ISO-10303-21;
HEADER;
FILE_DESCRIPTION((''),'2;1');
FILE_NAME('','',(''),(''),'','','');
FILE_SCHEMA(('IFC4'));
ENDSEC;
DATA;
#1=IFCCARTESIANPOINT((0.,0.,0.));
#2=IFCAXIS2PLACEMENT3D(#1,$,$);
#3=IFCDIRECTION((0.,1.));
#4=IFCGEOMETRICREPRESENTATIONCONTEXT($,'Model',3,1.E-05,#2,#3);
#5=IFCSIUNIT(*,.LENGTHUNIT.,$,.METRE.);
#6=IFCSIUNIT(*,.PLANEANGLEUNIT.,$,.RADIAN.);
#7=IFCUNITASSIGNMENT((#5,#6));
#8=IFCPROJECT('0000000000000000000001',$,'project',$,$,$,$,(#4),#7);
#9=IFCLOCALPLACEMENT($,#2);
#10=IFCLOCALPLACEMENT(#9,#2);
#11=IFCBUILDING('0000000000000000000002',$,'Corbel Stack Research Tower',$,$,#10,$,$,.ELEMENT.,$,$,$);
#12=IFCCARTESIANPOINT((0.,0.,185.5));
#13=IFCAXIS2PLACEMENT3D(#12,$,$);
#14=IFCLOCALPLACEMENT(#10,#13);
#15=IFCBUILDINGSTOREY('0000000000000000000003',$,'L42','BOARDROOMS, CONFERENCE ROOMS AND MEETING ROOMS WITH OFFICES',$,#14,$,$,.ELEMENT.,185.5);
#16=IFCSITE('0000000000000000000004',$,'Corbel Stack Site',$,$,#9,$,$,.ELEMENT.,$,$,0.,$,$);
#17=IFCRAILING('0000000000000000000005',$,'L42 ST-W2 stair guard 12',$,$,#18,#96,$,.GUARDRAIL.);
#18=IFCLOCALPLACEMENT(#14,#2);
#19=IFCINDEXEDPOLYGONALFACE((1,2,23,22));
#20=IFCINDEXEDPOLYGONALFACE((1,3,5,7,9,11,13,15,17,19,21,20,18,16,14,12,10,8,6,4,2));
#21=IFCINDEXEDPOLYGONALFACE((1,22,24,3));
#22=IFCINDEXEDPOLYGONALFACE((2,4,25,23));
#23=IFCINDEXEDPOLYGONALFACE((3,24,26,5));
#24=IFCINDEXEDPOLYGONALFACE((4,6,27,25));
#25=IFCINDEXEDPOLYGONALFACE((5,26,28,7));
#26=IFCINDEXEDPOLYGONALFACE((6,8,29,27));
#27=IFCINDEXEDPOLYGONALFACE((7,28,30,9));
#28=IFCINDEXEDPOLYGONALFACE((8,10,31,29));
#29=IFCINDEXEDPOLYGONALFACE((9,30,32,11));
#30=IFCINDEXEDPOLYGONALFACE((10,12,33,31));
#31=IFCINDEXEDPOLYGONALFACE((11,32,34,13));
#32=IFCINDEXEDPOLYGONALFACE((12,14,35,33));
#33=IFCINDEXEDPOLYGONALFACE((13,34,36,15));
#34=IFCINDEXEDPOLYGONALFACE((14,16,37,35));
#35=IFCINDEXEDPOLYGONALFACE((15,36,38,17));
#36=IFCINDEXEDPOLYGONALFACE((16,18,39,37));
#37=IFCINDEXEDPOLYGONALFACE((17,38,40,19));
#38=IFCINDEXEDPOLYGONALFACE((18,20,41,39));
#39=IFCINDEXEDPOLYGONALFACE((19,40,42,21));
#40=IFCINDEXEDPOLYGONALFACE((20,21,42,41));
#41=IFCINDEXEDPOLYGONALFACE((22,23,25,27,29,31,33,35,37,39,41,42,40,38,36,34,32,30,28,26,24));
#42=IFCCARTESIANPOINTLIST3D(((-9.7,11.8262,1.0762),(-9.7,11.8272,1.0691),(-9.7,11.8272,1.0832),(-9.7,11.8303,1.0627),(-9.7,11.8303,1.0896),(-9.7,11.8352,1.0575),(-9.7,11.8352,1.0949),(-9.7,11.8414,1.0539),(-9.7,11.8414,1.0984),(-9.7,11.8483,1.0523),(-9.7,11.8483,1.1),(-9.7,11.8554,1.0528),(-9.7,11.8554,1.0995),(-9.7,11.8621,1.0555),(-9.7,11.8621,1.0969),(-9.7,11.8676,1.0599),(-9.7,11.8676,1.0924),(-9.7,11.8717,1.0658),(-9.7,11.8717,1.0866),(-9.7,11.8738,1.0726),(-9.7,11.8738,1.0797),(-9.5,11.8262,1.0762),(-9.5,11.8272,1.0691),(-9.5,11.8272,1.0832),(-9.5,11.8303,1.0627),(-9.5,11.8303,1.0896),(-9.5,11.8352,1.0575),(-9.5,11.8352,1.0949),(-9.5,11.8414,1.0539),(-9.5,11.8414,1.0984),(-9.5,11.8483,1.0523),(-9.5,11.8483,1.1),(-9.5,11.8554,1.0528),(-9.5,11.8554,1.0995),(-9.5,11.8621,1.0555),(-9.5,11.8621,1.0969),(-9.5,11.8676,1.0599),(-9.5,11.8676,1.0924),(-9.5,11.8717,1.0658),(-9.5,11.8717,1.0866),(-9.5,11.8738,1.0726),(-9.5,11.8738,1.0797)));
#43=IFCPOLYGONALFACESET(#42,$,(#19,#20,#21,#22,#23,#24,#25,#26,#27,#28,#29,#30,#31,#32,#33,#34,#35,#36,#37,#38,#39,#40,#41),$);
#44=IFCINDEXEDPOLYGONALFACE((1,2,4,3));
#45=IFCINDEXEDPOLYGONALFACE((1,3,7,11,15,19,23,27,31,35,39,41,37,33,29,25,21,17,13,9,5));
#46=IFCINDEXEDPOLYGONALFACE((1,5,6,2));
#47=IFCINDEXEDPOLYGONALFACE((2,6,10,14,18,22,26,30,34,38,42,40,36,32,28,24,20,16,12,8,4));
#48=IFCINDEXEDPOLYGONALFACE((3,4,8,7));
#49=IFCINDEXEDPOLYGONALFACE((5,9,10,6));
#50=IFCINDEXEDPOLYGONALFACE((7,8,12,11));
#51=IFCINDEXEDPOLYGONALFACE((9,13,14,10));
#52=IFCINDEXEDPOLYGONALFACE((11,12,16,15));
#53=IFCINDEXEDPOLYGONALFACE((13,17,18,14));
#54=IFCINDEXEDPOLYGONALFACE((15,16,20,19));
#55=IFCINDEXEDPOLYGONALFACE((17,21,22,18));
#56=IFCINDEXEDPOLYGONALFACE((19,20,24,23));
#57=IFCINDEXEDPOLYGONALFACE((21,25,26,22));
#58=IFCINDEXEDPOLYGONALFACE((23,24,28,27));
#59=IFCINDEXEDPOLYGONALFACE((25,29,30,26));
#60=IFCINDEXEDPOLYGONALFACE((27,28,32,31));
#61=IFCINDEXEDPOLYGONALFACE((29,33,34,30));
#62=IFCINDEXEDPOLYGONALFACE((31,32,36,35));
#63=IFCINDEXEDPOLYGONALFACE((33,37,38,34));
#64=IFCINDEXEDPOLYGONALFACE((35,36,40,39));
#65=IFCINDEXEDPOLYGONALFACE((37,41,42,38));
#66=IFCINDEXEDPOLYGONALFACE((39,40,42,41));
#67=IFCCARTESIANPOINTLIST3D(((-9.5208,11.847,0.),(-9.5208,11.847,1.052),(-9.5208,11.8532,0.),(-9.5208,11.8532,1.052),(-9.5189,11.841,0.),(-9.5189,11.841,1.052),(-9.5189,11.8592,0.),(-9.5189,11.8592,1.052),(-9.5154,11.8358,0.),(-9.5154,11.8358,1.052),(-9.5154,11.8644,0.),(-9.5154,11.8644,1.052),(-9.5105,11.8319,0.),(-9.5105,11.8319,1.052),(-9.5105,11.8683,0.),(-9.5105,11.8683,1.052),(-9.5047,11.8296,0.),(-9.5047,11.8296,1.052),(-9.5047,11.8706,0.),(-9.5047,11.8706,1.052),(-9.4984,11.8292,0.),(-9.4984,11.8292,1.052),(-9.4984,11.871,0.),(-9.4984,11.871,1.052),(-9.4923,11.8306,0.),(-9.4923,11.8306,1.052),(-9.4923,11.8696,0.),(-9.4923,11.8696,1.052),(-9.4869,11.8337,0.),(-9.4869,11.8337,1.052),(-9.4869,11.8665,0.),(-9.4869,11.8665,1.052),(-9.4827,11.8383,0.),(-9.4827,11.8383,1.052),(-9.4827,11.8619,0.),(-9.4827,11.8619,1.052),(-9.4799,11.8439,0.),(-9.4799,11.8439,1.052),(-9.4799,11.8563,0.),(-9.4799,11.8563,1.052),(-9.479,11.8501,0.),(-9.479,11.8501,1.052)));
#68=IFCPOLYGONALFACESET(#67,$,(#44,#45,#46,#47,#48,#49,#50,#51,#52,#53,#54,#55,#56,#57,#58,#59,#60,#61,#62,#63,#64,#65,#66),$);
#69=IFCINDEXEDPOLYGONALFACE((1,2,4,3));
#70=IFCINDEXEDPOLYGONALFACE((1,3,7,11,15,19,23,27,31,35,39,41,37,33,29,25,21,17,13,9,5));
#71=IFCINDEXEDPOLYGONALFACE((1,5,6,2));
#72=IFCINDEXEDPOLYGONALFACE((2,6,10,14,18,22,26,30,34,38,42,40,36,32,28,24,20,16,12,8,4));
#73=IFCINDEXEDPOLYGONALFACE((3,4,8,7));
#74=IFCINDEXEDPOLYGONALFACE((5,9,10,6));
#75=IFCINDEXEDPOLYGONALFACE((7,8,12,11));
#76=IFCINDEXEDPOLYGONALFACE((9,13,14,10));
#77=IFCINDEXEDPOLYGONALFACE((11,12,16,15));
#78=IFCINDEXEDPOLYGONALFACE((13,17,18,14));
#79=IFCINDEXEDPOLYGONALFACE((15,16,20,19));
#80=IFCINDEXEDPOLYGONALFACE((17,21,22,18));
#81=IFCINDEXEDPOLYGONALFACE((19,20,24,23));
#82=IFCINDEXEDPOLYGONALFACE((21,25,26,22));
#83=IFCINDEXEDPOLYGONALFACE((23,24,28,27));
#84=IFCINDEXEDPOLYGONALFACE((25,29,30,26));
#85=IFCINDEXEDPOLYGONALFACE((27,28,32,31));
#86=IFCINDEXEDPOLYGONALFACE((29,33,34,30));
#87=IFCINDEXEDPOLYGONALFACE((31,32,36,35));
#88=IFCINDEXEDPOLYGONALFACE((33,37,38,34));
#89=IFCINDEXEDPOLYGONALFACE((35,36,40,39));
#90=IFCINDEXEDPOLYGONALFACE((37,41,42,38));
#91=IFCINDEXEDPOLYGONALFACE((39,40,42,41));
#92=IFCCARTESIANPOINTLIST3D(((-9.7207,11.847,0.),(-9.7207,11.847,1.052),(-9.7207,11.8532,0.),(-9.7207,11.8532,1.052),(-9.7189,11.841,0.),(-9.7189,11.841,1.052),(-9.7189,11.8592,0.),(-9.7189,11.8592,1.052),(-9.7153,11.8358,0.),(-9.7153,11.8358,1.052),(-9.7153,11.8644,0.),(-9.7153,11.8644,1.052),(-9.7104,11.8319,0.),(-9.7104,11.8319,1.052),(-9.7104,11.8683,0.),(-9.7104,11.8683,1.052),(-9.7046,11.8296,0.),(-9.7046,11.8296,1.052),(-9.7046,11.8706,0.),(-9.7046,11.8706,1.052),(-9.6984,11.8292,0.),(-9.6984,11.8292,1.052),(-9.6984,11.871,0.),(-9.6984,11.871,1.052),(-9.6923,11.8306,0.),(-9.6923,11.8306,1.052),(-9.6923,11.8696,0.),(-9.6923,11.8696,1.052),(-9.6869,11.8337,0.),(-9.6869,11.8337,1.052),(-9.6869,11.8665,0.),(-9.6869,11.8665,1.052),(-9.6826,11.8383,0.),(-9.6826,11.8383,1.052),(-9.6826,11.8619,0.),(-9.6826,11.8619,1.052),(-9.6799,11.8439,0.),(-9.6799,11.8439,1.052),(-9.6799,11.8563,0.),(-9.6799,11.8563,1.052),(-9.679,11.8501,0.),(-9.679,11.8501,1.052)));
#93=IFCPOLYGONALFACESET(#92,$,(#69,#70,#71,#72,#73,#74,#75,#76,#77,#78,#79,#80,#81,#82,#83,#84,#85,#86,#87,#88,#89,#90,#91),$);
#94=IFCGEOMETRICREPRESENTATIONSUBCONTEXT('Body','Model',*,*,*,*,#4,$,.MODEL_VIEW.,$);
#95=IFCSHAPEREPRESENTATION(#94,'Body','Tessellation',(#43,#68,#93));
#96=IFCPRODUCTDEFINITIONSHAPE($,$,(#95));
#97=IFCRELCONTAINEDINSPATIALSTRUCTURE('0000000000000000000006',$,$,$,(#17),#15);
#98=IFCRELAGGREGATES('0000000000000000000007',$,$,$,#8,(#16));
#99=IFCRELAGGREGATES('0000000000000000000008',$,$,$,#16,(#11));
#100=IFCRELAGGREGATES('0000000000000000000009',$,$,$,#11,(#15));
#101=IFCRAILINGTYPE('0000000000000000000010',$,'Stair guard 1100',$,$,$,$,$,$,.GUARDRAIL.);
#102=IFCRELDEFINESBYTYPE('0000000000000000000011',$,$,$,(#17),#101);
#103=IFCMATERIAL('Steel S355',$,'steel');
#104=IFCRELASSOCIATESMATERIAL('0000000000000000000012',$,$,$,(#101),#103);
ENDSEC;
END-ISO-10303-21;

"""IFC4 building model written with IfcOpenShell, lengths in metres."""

from ifc_helpers import new_model, si_unit, direction, frame, origin, origin_2d, place, context, subcontext, project, spatial, circle, extrude, material, type_object, element, save


model = new_model("IFC4")

# Units and contexts
model_context = context("Model", 3, precision=1e-05, world=origin(), true_north=direction((0.0, 1.0)))
body_context = subcontext(model_context, "Body", "Model", "MODEL_VIEW")
ifc_project = project(units=[si_unit("LENGTHUNIT", "METRE"), si_unit("PLANEANGLEUNIT", "RADIAN")], contexts=[model_context])

# Site, building, storey
site_placement = place(None, origin())
site = spatial("IfcSite", under=ifc_project, at=site_placement, Name="Corbel Stack Site", CompositionType="ELEMENT", RefElevation=0.0)
building_placement = place(site_placement, origin())
building = spatial("IfcBuilding", under=site, at=building_placement, Name="Corbel Stack Research Tower", CompositionType="ELEMENT")
storey_placement = place(building_placement, frame((0.0, 0.0, 185.5)))
storey = spatial("IfcBuildingStorey", under=building, at=storey_placement, Name="L42", Description="BOARDROOMS, CONFERENCE ROOMS AND MEETING ROOMS WITH OFFICES", CompositionType="ELEMENT", Elevation=185.5)

# Railing
ifc_material_1 = material(Name="Steel S355", Category="steel")
railing_type = type_object("IfcRailingType", Name="Stair guard 1100", PredefinedType="GUARDRAIL", material=ifc_material_1)
railing_1_placement = place(storey_placement, frame((-9.5, 11.8501, 0.0)))
element("IfcRailing", 1, at=railing_1_placement, inside=storey, type_object=railing_type, Name="L42 ST-W2 stair guard 12", PredefinedType="GUARDRAIL", context=body_context, shape_type="SweptSolid", body=[
    extrude(circle(Radius=0.0239, at=origin_2d()), frame((0.0, 0.0, 1.0762), z_axis=(-1.0, 0.0, 0.0), x_axis=(0.0, -1.0, 0.0)), (0.0, 0.0, 1.0), 0.2),
    extrude(circle(Radius=0.021, at=origin_2d()), origin(), (0.0, 0.0, 1.0), 1.052),
    extrude(circle(Radius=0.021, at=origin_2d()), frame((-0.2, 0.0, 0.0)), (0.0, 0.0, 1.0), 1.052),
])

save(model, "model.ifc")
